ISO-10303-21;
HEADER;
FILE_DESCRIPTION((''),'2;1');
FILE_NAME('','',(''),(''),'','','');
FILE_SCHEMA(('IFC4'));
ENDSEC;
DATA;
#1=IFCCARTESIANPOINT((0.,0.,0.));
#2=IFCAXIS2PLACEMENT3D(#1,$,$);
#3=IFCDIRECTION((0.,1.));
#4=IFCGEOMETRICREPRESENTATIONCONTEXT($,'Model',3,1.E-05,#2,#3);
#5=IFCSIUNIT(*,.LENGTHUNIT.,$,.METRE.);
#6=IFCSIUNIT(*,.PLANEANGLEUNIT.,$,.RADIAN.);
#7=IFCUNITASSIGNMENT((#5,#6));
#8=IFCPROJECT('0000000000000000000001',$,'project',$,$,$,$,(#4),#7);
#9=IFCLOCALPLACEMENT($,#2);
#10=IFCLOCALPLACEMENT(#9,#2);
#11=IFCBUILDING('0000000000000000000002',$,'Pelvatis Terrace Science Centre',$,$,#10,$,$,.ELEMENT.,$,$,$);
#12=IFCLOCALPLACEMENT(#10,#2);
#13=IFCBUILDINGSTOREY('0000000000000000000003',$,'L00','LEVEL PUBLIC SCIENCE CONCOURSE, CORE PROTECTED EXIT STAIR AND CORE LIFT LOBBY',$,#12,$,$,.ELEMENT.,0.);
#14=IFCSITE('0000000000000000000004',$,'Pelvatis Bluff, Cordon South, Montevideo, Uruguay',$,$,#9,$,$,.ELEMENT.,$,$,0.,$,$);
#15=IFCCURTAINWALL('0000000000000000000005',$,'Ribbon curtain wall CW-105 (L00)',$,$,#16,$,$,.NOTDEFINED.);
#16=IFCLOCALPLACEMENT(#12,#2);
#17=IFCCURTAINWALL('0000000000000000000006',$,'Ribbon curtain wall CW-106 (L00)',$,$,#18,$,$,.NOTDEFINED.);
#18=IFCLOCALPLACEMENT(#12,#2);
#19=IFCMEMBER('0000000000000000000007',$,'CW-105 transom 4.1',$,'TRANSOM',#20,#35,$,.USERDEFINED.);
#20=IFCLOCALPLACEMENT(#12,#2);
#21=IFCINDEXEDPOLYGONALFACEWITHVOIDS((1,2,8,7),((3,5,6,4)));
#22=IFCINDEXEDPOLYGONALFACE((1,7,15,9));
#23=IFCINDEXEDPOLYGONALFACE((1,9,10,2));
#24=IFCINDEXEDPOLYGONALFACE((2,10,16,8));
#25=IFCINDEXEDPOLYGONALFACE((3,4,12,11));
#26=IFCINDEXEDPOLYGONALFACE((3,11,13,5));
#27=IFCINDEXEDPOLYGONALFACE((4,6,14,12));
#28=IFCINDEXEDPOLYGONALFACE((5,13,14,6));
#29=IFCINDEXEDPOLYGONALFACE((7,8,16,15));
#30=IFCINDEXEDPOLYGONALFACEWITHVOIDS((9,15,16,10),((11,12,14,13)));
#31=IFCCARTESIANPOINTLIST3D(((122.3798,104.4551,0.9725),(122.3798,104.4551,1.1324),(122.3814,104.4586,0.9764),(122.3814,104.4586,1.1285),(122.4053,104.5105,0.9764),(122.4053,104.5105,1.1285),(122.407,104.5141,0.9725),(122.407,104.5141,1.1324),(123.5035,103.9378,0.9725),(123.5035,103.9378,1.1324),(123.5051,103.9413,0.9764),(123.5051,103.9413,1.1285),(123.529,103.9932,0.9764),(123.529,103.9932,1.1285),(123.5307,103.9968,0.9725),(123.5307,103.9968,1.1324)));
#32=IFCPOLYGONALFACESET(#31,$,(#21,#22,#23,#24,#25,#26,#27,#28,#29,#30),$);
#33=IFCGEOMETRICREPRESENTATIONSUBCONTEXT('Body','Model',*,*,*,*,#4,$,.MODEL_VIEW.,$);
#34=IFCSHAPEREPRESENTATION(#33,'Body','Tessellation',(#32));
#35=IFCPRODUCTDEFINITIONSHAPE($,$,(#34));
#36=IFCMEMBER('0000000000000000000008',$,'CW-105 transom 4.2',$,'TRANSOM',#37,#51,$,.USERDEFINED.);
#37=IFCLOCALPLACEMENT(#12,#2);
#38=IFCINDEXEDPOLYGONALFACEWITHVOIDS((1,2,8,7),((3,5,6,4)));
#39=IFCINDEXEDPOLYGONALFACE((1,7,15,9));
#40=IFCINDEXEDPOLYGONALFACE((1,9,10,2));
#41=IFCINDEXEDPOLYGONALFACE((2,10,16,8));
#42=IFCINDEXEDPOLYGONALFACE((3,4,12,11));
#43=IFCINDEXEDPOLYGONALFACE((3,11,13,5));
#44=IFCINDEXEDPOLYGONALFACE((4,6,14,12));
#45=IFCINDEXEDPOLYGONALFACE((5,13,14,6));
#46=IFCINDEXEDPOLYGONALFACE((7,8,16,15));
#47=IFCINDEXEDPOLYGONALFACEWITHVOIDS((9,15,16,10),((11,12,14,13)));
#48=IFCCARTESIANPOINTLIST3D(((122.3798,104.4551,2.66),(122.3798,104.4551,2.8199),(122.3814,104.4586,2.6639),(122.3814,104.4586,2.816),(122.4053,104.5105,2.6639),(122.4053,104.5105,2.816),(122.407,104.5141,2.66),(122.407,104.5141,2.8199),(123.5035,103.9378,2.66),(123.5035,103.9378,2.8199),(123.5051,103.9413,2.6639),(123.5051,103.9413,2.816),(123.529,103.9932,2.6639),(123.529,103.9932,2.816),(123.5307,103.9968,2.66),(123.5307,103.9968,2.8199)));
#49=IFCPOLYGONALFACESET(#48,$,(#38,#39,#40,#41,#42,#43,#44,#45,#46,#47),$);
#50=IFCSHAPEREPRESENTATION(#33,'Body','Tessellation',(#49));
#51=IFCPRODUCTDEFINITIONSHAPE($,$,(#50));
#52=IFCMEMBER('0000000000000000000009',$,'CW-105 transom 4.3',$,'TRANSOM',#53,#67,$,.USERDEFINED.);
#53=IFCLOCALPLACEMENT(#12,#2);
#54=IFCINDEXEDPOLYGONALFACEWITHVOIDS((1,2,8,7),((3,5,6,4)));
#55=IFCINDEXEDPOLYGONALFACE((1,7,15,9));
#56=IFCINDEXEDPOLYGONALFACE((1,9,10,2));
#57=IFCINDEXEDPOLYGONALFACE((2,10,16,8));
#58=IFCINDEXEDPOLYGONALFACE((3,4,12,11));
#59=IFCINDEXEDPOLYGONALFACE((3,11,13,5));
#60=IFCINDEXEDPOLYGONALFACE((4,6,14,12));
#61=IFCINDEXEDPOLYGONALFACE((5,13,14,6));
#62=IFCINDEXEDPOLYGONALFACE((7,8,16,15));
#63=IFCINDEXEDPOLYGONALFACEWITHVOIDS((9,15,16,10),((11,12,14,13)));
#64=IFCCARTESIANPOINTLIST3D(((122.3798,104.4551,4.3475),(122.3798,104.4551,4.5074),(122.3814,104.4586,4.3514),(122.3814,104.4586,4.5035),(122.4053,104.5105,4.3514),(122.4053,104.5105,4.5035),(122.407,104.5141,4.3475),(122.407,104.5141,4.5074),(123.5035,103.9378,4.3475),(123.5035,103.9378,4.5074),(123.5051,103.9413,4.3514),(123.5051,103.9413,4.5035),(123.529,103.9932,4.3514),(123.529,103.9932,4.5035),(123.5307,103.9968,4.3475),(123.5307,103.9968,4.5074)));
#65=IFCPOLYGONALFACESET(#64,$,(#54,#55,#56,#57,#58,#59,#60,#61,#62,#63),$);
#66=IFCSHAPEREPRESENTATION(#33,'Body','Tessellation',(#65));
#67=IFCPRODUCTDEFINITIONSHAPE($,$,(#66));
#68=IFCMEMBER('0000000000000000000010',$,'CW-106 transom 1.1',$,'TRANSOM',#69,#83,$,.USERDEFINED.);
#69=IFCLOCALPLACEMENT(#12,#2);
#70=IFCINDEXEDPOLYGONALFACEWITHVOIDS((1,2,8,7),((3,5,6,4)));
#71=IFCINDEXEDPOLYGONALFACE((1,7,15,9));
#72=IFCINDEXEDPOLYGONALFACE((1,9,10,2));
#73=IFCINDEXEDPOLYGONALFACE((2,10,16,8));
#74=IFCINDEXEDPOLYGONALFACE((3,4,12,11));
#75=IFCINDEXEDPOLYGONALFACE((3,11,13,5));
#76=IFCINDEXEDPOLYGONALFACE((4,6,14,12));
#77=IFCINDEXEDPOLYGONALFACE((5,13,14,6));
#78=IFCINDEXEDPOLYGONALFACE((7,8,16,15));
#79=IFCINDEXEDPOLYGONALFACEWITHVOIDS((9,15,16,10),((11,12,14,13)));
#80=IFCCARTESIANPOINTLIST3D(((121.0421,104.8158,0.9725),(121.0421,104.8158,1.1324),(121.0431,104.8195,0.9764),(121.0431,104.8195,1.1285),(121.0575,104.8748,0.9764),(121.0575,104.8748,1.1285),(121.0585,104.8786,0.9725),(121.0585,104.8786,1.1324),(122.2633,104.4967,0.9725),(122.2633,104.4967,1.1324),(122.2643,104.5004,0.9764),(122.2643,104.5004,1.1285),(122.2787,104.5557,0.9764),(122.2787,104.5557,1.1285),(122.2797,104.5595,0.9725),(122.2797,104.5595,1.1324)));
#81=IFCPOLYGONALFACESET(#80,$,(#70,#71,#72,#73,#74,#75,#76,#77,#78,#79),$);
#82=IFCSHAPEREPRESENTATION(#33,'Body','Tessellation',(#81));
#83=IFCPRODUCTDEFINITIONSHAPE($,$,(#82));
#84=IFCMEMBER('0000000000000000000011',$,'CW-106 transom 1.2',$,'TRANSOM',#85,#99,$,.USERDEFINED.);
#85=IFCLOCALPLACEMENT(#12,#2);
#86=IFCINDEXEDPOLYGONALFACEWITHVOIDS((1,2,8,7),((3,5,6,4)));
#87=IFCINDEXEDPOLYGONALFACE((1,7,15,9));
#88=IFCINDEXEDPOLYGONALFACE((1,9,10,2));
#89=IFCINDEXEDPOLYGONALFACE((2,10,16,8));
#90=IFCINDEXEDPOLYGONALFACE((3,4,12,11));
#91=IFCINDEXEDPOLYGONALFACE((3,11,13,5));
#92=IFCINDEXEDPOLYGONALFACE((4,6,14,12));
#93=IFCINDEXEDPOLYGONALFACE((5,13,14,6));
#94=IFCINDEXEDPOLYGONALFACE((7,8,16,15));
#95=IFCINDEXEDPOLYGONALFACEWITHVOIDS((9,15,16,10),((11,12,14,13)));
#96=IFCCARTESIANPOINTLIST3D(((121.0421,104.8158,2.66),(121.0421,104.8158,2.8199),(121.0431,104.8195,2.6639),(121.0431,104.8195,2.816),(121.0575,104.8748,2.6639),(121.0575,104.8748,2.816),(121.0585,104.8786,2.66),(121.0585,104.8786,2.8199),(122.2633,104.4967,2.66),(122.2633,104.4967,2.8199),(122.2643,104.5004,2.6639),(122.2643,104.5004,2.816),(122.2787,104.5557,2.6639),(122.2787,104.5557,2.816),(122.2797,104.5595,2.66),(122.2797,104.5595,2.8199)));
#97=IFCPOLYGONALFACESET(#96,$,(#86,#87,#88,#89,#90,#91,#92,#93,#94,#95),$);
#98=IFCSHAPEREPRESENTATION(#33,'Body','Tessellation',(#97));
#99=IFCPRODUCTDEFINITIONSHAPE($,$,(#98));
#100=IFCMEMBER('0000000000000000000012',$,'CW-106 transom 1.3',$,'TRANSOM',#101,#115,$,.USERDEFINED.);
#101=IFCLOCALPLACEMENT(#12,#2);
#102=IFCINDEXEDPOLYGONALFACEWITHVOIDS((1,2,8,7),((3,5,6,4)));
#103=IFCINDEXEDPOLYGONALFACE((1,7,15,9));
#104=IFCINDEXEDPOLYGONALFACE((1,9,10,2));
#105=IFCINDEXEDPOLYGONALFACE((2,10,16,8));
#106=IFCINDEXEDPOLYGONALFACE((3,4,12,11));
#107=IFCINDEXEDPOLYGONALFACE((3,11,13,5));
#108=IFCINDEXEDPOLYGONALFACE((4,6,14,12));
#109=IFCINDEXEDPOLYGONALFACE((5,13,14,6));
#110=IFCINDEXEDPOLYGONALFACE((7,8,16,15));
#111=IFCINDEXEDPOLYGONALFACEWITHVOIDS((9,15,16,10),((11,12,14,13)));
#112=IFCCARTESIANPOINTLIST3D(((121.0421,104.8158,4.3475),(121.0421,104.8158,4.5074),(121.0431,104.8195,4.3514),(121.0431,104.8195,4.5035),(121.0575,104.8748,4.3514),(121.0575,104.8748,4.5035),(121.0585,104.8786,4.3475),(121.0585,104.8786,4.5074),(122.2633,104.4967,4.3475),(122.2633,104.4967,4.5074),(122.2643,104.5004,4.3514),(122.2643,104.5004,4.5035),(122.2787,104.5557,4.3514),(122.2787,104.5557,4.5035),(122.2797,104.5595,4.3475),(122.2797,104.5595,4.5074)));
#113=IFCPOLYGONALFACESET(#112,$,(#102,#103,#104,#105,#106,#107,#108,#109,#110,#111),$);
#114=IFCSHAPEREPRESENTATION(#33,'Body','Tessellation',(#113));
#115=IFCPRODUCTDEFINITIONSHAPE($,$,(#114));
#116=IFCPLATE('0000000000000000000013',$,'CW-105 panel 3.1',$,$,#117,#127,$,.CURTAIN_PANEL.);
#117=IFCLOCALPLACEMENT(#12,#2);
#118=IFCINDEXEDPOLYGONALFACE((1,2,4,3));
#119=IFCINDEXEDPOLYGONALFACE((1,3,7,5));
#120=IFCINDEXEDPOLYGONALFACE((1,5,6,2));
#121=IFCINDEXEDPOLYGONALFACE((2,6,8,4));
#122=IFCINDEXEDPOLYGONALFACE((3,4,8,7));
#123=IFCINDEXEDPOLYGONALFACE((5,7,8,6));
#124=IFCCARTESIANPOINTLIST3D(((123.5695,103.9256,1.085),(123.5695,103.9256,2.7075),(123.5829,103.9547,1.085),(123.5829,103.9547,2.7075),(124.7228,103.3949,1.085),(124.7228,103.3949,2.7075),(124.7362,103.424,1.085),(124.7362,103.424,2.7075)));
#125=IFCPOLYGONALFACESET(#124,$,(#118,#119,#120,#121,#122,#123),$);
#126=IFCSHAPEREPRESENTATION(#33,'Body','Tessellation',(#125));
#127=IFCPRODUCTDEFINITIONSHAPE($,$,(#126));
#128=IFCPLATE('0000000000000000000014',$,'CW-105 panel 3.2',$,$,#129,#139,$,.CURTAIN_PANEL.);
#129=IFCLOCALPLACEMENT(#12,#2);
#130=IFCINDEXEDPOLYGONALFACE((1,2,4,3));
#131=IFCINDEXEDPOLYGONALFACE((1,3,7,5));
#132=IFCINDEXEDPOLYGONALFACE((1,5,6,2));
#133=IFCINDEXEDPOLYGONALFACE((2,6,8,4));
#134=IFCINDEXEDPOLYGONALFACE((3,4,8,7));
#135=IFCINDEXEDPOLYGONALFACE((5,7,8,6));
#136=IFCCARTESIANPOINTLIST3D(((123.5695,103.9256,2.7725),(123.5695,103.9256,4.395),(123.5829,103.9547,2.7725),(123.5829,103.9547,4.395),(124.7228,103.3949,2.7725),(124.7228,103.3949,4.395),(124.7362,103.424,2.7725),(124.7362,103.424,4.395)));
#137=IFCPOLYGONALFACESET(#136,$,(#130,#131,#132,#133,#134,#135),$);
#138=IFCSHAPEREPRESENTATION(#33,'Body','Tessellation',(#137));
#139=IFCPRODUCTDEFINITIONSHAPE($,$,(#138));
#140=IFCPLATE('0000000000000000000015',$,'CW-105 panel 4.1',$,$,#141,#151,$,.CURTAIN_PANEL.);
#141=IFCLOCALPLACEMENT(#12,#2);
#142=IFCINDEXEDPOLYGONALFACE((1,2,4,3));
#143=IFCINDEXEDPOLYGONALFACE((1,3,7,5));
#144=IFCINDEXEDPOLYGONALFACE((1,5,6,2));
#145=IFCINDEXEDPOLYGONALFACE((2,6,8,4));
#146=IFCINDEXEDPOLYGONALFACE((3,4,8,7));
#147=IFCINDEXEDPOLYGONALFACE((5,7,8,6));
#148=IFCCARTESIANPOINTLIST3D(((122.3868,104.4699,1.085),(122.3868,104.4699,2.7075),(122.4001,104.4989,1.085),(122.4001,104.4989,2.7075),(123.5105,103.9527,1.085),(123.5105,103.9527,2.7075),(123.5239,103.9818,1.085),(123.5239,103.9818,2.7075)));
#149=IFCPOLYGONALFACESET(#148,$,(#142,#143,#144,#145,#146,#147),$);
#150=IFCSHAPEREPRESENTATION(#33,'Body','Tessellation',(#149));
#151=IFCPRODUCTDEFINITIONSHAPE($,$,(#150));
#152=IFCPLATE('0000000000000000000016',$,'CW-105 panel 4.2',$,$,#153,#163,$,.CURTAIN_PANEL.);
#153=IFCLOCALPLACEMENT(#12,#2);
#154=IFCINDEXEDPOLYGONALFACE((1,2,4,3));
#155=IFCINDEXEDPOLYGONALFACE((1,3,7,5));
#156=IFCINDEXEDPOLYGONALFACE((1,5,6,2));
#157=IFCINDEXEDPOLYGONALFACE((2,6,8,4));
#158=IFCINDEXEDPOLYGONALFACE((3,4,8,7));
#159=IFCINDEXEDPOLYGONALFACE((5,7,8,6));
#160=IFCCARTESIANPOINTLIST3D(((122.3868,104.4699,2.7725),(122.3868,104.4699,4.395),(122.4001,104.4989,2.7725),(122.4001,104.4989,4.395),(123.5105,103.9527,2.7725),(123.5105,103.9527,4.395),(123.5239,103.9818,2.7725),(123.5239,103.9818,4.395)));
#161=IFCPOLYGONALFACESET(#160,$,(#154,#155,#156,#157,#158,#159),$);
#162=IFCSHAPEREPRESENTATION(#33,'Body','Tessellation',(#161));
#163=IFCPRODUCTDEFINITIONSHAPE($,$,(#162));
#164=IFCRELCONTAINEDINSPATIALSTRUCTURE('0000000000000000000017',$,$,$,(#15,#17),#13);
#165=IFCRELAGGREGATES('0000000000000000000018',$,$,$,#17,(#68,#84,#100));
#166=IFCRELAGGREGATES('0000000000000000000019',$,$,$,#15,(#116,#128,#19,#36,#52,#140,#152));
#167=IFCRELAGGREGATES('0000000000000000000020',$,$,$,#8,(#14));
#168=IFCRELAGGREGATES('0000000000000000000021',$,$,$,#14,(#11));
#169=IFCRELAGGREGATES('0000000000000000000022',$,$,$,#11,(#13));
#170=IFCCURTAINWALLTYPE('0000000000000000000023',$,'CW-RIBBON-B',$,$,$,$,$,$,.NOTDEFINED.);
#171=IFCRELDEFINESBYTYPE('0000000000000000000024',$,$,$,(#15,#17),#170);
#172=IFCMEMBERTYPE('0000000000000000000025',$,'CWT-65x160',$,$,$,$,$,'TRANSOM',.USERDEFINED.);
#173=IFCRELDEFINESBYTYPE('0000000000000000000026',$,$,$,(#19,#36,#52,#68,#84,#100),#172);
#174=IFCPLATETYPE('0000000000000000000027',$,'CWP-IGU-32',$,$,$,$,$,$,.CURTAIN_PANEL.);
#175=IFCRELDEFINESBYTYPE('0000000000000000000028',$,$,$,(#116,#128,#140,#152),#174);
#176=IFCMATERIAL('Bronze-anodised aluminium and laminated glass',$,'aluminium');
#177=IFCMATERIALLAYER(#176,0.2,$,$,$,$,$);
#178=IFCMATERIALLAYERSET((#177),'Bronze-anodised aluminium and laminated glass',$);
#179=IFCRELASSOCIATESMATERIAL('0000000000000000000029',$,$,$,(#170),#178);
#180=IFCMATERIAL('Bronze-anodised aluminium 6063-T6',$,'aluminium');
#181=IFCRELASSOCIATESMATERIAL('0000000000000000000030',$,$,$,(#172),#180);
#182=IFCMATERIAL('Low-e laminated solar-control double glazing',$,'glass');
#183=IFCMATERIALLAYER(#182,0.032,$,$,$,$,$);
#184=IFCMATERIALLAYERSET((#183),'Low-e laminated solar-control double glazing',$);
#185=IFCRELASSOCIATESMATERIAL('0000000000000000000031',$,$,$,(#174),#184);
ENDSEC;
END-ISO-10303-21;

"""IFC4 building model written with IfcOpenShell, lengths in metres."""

from ifc_helpers import new_model, si_unit, direction, frame, origin, origin_2d, place, context, subcontext, project, spatial, rectangle, hollow_rectangle, extrude, material, layer, layer_set, material_profile, profile_set, type_object, element, aggregate, save


model = new_model("IFC4")

# Units and contexts
model_context = context("Model", 3, precision=1e-05, world=origin(), true_north=direction((0.0, 1.0)))
body_context = subcontext(model_context, "Body", "Model", "MODEL_VIEW")
ifc_project = project(units=[si_unit("LENGTHUNIT", "METRE"), si_unit("PLANEANGLEUNIT", "RADIAN")], contexts=[model_context])

# Site, building, storey
site_placement = place(None, origin())
site = spatial("IfcSite", under=ifc_project, at=site_placement, Name="Pelvatis Bluff, Cordon South, Montevideo, Uruguay", CompositionType="ELEMENT", RefElevation=0.0)
building_placement = place(site_placement, origin())
building = spatial("IfcBuilding", under=site, at=building_placement, Name="Pelvatis Terrace Science Centre", CompositionType="ELEMENT")
storey_placement = place(building_placement, origin())
storey = spatial("IfcBuildingStorey", under=building, at=storey_placement, Name="L00", Description="LEVEL PUBLIC SCIENCE CONCOURSE, CORE PROTECTED EXIT STAIR AND CORE LIFT LOBBY", CompositionType="ELEMENT", Elevation=0.0)

# Curtain wall
ifc_material_1 = material(Name="Bronze-anodised aluminium and laminated glass", Category="aluminium")
ifc_layer_1 = layer(ifc_material_1, 0.2)
ifc_layer_set_1 = layer_set([ifc_layer_1], Name="Bronze-anodised aluminium and laminated glass")
curtain_wall_type = type_object("IfcCurtainWallType", Name="CW-RIBBON-B", PredefinedType="NOTDEFINED", material=ifc_layer_set_1)
curtain_wall_1_placement = place(storey_placement, origin())
curtain_wall_1 = element("IfcCurtainWall", 1, at=curtain_wall_1_placement, inside=storey, type_object=curtain_wall_type, Name="Ribbon curtain wall CW-105 (L00)", PredefinedType="NOTDEFINED")

# Curtain wall
curtain_wall_2_placement = place(storey_placement, origin())
curtain_wall_2 = element("IfcCurtainWall", 2, at=curtain_wall_2_placement, inside=storey, type_object=curtain_wall_type, Name="Ribbon curtain wall CW-106 (L00)", PredefinedType="NOTDEFINED")

# Members
ifc_material_2 = material(Name="Bronze-anodised aluminium 6063-T6", Category="aluminium")
ifc_material_profile_1 = material_profile(ifc_material_2, hollow_rectangle(XDim=0.0649, YDim=0.1599, WallThickness=0.0039, at=origin_2d()), Name="ALU-TRN 65x160")
ifc_profile_set_1 = profile_set([ifc_material_profile_1], Name="Bronze-anodised aluminium 6063-T6")
member_type_1 = type_object("IfcMemberType", Name="CWT-65x160", ElementType="TRANSOM", PredefinedType="USERDEFINED", material=ifc_profile_set_1)
member_1_placement = place(storey_placement, frame((123.5171, 103.9673, 1.0525), z_axis=(-0.908369, 0.418169, 0.0), x_axis=(-0.418169, -0.908369, 0.0)))
member_1 = element("IfcMember", 3, at=member_1_placement, type_object=member_type_1, Name="CW-105 transom 4.1", ObjectType="TRANSOM", PredefinedType="USERDEFINED", context=body_context, shape_type="SweptSolid", body=[
    extrude(hollow_rectangle(XDim=0.0649, YDim=0.1599, WallThickness=0.0039, at=origin_2d()), origin(), (0.0, 0.0, 1.0), 1.2371),
])
member_2_placement = place(storey_placement, frame((123.5171, 103.9673, 2.74), z_axis=(-0.908369, 0.418169, 0.0), x_axis=(-0.418169, -0.908369, 0.0)))
member_2 = element("IfcMember", 4, at=member_2_placement, type_object=member_type_1, Name="CW-105 transom 4.2", ObjectType="TRANSOM", PredefinedType="USERDEFINED", context=body_context, shape_type="SweptSolid", body=[
    extrude(hollow_rectangle(XDim=0.0649, YDim=0.1599, WallThickness=0.0039, at=origin_2d()), origin(), (0.0, 0.0, 1.0), 1.2371),
])
member_3_placement = place(storey_placement, frame((123.5171, 103.9673, 4.4275), z_axis=(-0.908369, 0.418169, 0.0), x_axis=(-0.418169, -0.908369, 0.0)))
member_3 = element("IfcMember", 5, at=member_3_placement, type_object=member_type_1, Name="CW-105 transom 4.3", ObjectType="TRANSOM", PredefinedType="USERDEFINED", context=body_context, shape_type="SweptSolid", body=[
    extrude(hollow_rectangle(XDim=0.0649, YDim=0.1599, WallThickness=0.0039, at=origin_2d()), origin(), (0.0, 0.0, 1.0), 1.2371),
])
member_4_placement = place(storey_placement, frame((122.2715, 104.5281, 1.0525), z_axis=(-0.967517, 0.252808, 0.0), x_axis=(-0.252808, -0.967517, 0.0)))
member_4 = element("IfcMember", 6, at=member_4_placement, type_object=member_type_1, Name="CW-106 transom 1.1", ObjectType="TRANSOM", PredefinedType="USERDEFINED", context=body_context, shape_type="SweptSolid", body=[
    extrude(hollow_rectangle(XDim=0.0649, YDim=0.1599, WallThickness=0.0039, at=origin_2d()), origin(), (0.0, 0.0, 1.0), 1.2622),
])
member_5_placement = place(storey_placement, frame((122.2715, 104.5281, 2.74), z_axis=(-0.967517, 0.252808, 0.0), x_axis=(-0.252808, -0.967517, 0.0)))
member_5 = element("IfcMember", 7, at=member_5_placement, type_object=member_type_1, Name="CW-106 transom 1.2", ObjectType="TRANSOM", PredefinedType="USERDEFINED", context=body_context, shape_type="SweptSolid", body=[
    extrude(hollow_rectangle(XDim=0.0649, YDim=0.1599, WallThickness=0.0039, at=origin_2d()), origin(), (0.0, 0.0, 1.0), 1.2622),
])
member_6_placement = place(storey_placement, frame((122.2715, 104.5281, 4.4275), z_axis=(-0.967517, 0.252808, 0.0), x_axis=(-0.252808, -0.967517, 0.0)))
member_6 = element("IfcMember", 8, at=member_6_placement, type_object=member_type_1, Name="CW-106 transom 1.3", ObjectType="TRANSOM", PredefinedType="USERDEFINED", context=body_context, shape_type="SweptSolid", body=[
    extrude(hollow_rectangle(XDim=0.0649, YDim=0.1599, WallThickness=0.0039, at=origin_2d()), origin(), (0.0, 0.0, 1.0), 1.2622),
])
aggregate(curtain_wall_2, [member_4, member_5, member_6])

# Plates
ifc_material_3 = material(Name="Low-e laminated solar-control double glazing", Category="glass")
ifc_layer_2 = layer(ifc_material_3, 0.032)
ifc_layer_set_2 = layer_set([ifc_layer_2], Name="Low-e laminated solar-control double glazing")
plate_type = type_object("IfcPlateType", Name="CWP-IGU-32", PredefinedType="CURTAIN_PANEL", material=ifc_layer_set_2)
plate_1_placement = place(storey_placement, frame((124.1528, 103.6748, 1.085), z_axis=(0.0, 0.0, 1.0), x_axis=(-0.908421, 0.418057, 0.0)))
plate_1 = element("IfcPlate", 9, at=plate_1_placement, type_object=plate_type, Name="CW-105 panel 3.1", PredefinedType="CURTAIN_PANEL", context=body_context, shape_type="SweptSolid", body=[
    extrude(rectangle(XDim=1.2695, YDim=0.032, at=origin_2d()), origin(), (0.0, 0.0, 1.0), 1.6226),
])
plate_2_placement = place(storey_placement, frame((124.1528, 103.6748, 2.7725), z_axis=(0.0, 0.0, 1.0), x_axis=(-0.908421, 0.418057, 0.0)))
plate_2 = element("IfcPlate", 10, at=plate_2_placement, type_object=plate_type, Name="CW-105 panel 3.2", PredefinedType="CURTAIN_PANEL", context=body_context, shape_type="SweptSolid", body=[
    extrude(rectangle(XDim=1.2695, YDim=0.032, at=origin_2d()), origin(), (0.0, 0.0, 1.0), 1.6226),
])
plate_3_placement = place(storey_placement, frame((122.9553, 104.2258, 1.085), z_axis=(0.0, 0.0, 1.0), x_axis=(-0.908421, 0.418057, 0.0)))
plate_3 = element("IfcPlate", 11, at=plate_3_placement, type_object=plate_type, Name="CW-105 panel 4.1", PredefinedType="CURTAIN_PANEL", context=body_context, shape_type="SweptSolid", body=[
    extrude(rectangle(XDim=1.2371, YDim=0.032, at=origin_2d()), origin(), (0.0, 0.0, 1.0), 1.6226),
])
plate_4_placement = place(storey_placement, frame((122.9553, 104.2258, 2.7725), z_axis=(0.0, 0.0, 1.0), x_axis=(-0.908421, 0.418057, 0.0)))
plate_4 = element("IfcPlate", 12, at=plate_4_placement, type_object=plate_type, Name="CW-105 panel 4.2", PredefinedType="CURTAIN_PANEL", context=body_context, shape_type="SweptSolid", body=[
    extrude(rectangle(XDim=1.2371, YDim=0.032, at=origin_2d()), origin(), (0.0, 0.0, 1.0), 1.6226),
])
aggregate(curtain_wall_1, [plate_1, plate_2, member_1, member_2, member_3, plate_3, plate_4])

save(model, "model.ifc")
